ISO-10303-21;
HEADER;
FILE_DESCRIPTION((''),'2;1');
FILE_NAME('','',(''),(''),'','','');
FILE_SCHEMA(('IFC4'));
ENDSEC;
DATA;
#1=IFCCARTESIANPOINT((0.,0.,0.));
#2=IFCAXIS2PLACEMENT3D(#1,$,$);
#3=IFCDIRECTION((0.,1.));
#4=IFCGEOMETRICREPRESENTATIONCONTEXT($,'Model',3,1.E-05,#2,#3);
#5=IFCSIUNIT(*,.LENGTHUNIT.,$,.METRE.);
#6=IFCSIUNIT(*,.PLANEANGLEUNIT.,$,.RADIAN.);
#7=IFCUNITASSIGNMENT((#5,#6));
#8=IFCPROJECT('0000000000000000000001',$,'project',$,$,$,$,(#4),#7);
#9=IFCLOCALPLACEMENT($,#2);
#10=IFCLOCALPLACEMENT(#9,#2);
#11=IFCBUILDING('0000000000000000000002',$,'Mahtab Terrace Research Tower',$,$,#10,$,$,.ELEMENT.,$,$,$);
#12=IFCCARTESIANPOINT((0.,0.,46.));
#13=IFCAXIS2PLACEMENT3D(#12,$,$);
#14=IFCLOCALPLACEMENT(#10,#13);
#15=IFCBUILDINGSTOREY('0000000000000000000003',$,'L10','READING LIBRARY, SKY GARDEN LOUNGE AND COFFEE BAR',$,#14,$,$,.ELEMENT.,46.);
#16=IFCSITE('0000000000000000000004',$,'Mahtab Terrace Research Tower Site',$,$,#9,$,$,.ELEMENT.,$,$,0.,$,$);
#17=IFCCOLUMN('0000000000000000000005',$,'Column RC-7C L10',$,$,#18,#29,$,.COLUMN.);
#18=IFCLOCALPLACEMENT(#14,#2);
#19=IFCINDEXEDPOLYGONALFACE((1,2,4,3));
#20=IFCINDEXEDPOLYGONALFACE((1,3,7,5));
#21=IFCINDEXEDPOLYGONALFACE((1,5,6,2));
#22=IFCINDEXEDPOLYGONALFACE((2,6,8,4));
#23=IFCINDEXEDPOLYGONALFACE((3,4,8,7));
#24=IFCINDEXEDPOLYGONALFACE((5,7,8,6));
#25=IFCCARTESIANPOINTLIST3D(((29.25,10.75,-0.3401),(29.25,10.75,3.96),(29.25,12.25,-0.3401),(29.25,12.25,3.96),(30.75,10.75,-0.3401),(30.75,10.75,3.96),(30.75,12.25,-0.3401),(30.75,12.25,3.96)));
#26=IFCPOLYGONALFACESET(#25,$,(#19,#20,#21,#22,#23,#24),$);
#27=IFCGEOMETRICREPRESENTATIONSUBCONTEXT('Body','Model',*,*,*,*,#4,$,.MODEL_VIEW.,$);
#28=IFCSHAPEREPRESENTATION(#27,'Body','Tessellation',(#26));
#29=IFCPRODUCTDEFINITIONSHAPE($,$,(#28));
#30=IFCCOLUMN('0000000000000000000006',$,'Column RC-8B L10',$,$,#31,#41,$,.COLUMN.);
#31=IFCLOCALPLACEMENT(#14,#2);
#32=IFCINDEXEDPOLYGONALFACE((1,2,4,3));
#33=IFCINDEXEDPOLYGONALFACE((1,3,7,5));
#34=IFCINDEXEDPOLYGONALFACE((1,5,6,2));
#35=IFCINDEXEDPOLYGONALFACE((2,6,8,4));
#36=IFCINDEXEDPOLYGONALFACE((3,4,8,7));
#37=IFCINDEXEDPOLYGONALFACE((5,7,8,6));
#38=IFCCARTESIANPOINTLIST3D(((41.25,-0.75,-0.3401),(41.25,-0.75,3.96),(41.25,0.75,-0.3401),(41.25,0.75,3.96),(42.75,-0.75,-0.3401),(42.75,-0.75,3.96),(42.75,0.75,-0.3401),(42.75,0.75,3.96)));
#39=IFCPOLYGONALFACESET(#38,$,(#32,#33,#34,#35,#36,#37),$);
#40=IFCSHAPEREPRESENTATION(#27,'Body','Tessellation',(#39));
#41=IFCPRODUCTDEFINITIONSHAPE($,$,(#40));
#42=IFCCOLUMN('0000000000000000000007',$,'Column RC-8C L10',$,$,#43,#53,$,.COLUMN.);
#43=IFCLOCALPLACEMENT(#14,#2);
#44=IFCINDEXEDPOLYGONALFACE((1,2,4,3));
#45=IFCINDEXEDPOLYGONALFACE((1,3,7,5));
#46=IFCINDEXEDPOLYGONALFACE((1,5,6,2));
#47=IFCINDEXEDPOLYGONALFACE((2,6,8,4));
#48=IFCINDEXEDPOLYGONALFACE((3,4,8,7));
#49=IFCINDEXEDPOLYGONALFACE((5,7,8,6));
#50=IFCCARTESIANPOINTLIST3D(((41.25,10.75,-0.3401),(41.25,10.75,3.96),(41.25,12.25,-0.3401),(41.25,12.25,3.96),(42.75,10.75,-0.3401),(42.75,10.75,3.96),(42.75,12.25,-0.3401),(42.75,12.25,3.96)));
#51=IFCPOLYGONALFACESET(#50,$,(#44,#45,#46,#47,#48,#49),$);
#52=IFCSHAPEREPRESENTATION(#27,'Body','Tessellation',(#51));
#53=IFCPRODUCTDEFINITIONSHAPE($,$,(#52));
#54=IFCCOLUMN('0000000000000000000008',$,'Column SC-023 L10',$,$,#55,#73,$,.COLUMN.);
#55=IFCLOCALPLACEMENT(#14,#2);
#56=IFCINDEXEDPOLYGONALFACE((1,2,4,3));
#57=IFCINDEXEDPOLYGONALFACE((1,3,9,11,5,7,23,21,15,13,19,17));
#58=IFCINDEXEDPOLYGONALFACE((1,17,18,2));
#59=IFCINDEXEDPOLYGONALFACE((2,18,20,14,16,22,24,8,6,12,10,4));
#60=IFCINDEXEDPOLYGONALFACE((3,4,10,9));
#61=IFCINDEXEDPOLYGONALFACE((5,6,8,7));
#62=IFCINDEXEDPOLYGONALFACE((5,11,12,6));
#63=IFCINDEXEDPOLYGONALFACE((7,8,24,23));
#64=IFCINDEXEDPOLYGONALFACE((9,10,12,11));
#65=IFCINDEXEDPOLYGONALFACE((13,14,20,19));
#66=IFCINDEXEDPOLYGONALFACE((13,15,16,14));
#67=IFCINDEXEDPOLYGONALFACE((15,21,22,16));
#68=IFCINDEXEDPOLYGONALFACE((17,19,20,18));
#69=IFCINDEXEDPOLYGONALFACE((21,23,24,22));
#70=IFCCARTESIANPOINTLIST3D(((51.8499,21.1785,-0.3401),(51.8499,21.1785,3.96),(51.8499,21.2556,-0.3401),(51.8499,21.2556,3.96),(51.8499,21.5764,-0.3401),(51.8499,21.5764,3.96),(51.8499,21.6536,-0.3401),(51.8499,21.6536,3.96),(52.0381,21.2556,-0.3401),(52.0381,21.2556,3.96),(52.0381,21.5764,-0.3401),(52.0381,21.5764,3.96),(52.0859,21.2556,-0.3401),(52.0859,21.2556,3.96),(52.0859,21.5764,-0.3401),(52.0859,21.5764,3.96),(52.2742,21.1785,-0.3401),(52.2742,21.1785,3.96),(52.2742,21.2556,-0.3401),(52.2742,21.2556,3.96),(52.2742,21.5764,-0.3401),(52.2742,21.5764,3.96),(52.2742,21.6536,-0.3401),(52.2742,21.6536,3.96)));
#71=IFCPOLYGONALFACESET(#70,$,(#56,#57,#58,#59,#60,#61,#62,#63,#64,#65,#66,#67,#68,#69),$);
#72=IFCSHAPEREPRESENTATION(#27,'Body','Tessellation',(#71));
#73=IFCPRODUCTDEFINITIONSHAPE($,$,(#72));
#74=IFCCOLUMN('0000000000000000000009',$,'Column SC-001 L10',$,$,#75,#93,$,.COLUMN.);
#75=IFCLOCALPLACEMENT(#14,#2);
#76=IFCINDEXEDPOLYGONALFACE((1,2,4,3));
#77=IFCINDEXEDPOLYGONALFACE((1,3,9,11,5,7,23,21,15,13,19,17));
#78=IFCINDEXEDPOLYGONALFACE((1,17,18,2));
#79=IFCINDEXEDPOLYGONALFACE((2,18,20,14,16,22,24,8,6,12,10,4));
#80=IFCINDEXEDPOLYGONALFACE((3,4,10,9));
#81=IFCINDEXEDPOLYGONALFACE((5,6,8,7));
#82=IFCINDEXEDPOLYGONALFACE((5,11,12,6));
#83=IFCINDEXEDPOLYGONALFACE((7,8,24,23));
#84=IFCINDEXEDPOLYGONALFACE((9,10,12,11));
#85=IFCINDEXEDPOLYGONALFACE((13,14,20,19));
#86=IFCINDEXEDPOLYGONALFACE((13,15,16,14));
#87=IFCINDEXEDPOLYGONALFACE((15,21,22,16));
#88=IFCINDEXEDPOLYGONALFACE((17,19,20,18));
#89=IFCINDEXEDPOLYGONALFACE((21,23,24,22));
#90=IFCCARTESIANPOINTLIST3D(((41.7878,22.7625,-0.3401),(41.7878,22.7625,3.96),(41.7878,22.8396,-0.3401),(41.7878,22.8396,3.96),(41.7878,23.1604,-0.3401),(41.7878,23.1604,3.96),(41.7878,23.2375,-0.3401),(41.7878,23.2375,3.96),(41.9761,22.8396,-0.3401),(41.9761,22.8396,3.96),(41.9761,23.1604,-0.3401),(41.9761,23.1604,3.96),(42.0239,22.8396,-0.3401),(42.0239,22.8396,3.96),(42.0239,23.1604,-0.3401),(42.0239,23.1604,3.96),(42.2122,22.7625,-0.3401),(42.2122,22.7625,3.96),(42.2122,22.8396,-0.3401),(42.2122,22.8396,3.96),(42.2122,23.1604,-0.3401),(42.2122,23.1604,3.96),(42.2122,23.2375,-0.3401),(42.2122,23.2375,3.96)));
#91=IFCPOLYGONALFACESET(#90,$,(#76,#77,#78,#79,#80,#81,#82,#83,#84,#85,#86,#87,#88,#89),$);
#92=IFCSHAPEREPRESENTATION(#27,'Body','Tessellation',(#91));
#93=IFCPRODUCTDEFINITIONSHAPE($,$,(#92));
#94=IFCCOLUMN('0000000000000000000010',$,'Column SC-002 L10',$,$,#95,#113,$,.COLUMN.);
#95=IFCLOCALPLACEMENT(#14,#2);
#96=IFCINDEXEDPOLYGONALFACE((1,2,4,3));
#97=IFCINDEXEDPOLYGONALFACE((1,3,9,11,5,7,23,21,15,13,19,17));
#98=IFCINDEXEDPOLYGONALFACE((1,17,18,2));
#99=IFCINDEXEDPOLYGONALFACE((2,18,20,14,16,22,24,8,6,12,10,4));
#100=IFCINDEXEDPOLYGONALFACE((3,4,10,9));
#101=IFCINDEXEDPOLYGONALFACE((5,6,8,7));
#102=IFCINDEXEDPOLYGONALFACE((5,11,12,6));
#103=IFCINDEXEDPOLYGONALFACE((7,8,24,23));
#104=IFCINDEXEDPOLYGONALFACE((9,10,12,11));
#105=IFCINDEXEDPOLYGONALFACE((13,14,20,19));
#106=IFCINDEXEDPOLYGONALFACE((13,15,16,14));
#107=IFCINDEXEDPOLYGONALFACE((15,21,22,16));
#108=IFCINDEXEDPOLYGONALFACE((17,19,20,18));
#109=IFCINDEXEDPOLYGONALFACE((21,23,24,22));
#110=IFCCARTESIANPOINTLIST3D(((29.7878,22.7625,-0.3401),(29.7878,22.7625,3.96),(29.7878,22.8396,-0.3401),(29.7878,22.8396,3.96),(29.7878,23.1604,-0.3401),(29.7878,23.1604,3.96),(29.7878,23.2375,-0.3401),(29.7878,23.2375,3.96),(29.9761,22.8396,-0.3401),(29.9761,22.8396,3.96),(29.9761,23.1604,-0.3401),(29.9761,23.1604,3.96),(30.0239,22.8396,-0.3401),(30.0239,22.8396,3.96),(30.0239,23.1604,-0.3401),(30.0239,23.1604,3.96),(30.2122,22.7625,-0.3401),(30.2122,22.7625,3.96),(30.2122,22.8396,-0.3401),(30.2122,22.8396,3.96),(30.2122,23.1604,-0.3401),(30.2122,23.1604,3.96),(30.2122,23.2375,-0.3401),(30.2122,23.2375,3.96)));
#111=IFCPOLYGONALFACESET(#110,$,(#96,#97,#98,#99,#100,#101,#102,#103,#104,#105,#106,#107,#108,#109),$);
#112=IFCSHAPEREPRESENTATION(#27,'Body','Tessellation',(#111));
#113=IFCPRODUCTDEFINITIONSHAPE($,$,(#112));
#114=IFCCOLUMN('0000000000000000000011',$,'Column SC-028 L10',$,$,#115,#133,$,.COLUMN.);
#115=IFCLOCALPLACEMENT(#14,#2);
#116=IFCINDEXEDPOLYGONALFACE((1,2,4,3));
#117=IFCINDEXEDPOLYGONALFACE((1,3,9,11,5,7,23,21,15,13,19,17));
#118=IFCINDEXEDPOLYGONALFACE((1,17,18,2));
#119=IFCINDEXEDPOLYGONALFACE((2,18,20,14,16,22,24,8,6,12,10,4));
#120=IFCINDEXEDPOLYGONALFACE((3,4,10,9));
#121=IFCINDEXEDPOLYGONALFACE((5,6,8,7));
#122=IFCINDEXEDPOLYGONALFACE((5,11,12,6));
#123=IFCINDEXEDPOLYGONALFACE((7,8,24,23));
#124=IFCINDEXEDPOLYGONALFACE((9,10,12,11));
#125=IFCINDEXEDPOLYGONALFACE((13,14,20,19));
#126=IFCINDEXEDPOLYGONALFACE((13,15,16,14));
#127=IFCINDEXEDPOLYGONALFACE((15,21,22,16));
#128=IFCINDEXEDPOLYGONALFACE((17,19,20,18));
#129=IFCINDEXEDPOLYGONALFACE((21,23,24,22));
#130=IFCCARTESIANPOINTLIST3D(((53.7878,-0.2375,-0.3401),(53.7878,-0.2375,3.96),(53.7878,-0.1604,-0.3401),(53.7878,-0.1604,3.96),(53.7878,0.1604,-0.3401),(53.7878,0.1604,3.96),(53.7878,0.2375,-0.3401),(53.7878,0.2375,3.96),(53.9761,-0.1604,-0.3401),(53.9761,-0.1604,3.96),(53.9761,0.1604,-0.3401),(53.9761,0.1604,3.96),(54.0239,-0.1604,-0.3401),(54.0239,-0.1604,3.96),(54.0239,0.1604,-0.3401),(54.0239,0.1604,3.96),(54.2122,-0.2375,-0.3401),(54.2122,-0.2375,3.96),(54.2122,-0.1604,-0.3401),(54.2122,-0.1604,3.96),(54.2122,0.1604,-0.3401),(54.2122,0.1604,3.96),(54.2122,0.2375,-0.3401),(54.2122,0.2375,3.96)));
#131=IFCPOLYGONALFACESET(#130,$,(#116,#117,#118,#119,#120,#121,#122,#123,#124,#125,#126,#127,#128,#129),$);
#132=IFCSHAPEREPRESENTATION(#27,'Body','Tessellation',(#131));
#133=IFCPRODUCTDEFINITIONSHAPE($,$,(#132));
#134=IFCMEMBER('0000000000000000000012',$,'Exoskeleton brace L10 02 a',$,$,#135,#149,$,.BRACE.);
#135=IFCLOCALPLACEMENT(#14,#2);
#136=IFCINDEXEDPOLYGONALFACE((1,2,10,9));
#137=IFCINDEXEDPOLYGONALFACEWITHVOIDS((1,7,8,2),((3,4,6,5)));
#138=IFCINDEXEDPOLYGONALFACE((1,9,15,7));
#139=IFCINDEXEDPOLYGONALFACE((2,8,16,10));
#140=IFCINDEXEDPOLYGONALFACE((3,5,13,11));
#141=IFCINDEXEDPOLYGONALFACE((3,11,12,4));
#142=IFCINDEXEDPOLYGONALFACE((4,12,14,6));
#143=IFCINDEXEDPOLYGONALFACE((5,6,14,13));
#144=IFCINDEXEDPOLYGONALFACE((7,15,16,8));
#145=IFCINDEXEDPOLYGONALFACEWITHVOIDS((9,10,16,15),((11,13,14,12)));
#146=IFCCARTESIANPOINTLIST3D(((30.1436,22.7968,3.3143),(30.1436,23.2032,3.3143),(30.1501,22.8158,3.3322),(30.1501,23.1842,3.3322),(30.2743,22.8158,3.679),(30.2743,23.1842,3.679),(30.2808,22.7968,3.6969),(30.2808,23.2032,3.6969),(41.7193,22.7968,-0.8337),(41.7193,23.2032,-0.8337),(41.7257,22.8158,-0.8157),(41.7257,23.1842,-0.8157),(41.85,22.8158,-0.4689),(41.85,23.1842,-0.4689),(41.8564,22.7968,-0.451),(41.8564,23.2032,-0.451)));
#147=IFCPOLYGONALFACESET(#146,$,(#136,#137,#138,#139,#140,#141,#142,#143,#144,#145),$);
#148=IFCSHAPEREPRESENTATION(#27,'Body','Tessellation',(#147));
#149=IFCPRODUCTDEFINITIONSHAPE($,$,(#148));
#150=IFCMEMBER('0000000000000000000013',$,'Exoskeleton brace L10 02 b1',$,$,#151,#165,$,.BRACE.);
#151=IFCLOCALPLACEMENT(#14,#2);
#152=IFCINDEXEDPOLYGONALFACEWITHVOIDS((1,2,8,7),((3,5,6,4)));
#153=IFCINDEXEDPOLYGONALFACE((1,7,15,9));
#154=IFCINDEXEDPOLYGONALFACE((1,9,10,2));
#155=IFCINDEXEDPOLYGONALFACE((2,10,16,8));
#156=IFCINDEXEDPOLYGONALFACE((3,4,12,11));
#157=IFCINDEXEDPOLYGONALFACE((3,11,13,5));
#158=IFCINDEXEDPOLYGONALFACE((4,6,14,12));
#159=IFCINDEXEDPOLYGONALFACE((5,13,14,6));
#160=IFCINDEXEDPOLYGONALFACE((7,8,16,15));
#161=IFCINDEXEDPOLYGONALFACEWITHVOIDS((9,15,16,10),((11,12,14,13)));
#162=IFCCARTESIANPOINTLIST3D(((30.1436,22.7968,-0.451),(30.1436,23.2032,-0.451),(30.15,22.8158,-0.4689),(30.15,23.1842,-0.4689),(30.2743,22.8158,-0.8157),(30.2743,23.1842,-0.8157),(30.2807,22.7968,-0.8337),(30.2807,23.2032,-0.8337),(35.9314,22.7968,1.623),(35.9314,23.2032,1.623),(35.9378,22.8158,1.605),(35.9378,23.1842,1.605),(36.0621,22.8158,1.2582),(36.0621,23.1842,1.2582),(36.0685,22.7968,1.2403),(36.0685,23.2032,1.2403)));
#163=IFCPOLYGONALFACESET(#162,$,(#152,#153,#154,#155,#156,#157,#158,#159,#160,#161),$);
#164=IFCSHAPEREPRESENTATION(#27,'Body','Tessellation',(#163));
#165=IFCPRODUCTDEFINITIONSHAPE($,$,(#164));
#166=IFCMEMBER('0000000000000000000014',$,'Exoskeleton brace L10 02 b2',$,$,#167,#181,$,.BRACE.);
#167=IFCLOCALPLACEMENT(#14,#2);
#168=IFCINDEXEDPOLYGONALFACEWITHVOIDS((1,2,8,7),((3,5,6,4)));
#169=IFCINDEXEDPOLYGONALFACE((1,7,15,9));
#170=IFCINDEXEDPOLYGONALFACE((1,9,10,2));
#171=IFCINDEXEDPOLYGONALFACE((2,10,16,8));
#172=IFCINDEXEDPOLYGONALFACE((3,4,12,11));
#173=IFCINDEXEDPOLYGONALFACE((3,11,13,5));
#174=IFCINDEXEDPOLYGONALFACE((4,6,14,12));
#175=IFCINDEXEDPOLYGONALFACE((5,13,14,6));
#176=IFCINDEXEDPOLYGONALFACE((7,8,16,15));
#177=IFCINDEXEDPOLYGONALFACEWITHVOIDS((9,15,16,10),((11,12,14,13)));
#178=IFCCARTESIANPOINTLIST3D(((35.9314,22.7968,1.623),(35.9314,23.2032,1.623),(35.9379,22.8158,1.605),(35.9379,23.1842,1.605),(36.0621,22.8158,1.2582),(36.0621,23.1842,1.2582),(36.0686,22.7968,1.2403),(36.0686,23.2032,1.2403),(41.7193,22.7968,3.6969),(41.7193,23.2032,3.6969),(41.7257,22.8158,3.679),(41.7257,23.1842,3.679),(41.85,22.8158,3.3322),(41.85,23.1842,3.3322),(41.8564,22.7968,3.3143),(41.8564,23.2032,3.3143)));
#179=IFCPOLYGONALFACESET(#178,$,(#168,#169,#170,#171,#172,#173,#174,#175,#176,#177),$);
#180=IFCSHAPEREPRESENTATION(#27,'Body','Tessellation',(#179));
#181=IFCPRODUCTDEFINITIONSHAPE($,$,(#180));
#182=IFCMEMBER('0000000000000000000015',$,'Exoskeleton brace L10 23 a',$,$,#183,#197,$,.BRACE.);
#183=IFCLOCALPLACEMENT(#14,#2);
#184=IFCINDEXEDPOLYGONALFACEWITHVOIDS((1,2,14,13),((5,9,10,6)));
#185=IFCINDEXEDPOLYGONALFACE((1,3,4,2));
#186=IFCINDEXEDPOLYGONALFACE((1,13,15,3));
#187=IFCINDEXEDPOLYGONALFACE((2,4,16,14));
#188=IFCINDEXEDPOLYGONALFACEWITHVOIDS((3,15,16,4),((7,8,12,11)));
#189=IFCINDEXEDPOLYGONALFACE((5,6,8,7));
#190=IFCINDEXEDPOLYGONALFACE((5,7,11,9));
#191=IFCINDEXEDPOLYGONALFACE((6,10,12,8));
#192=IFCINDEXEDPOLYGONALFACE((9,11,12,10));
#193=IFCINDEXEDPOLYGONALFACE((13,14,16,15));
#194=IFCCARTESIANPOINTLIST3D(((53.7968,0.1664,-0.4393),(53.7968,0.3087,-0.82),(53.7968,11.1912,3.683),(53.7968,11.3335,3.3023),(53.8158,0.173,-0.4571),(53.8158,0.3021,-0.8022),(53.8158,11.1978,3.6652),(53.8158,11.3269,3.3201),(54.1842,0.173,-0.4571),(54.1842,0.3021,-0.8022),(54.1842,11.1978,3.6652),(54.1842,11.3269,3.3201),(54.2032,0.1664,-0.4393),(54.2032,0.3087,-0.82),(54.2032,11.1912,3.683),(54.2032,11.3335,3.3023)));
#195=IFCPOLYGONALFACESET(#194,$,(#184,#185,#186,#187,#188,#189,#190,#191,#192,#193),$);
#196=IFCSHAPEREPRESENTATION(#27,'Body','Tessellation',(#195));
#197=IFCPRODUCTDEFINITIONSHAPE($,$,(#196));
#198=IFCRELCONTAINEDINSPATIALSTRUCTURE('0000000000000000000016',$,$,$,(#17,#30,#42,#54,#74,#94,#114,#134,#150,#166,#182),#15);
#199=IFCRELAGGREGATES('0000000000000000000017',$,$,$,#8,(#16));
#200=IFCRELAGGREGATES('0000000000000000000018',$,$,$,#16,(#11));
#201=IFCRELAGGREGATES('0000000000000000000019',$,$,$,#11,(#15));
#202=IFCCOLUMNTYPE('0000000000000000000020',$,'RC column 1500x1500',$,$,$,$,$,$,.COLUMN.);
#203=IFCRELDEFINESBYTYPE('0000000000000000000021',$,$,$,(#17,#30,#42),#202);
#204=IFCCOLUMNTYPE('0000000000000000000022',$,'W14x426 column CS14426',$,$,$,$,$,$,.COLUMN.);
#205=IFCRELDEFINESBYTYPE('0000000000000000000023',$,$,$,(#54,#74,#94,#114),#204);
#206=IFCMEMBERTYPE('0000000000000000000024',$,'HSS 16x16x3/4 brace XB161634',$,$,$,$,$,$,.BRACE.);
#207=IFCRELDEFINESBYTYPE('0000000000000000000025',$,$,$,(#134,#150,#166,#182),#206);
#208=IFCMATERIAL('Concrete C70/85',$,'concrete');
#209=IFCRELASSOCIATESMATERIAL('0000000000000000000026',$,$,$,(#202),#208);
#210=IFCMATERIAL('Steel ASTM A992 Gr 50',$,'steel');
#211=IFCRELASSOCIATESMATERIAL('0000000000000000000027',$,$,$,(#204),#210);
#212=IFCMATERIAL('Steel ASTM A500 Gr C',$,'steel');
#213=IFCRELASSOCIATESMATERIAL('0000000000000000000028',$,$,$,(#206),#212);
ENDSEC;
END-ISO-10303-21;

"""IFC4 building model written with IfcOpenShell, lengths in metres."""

from ifc_helpers import new_model, si_unit, direction, frame, origin, origin_2d, place, context, subcontext, project, spatial, rectangle, hollow_rectangle, i_section, extrude, material, material_profile, profile_set, type_object, element, save


model = new_model("IFC4")

# Units and contexts
model_context = context("Model", 3, precision=1e-05, world=origin(), true_north=direction((0.0, 1.0)))
body_context = subcontext(model_context, "Body", "Model", "MODEL_VIEW")
ifc_project = project(units=[si_unit("LENGTHUNIT", "METRE"), si_unit("PLANEANGLEUNIT", "RADIAN")], contexts=[model_context])

# Site, building, storey
site_placement = place(None, origin())
site = spatial("IfcSite", under=ifc_project, at=site_placement, Name="Mahtab Terrace Research Tower Site", CompositionType="ELEMENT", RefElevation=0.0)
building_placement = place(site_placement, origin())
building = spatial("IfcBuilding", under=site, at=building_placement, Name="Mahtab Terrace Research Tower", CompositionType="ELEMENT")
storey_placement = place(building_placement, frame((0.0, 0.0, 46.0)))
storey = spatial("IfcBuildingStorey", under=building, at=storey_placement, Name="L10", Description="READING LIBRARY, SKY GARDEN LOUNGE AND COFFEE BAR", CompositionType="ELEMENT", Elevation=46.0)

# Columns
ifc_material_1 = material(Name="Concrete C70/85", Category="concrete")
ifc_material_profile_1 = material_profile(ifc_material_1, rectangle(XDim=1.5, YDim=1.5, at=origin_2d()), Name="RC column 1500x1500")
ifc_profile_set_1 = profile_set([ifc_material_profile_1], Name="Concrete C70/85")
column_type_1 = type_object("IfcColumnType", Name="RC column 1500x1500", PredefinedType="COLUMN", material=ifc_profile_set_1)
for number, where, z_axis, x_axis, name in (
    (1, (30.0, 11.5, -0.3401), (0.0, 0.0, 1.0), (1.0, 0.0, 0.0), "Column RC-7C L10"),
    (2, (42.0, 0.0, -0.3401), (0.0, 0.0, 1.0), (1.0, 0.0, 0.0), "Column RC-8B L10"),
    (3, (42.0, 11.5, -0.3401), (0.0, 0.0, 1.0), (1.0, 0.0, 0.0), "Column RC-8C L10"),
):
    element("IfcColumn", number, at=place(storey_placement, frame(where, z_axis=z_axis, x_axis=x_axis)), inside=storey, type_object=column_type_1, Name=name, PredefinedType="COLUMN", context=body_context, shape_type="SweptSolid", body=[
        extrude(rectangle(XDim=1.5, YDim=1.5, at=origin_2d()), origin(), (0.0, 0.0, 1.0), 4.3),
    ])
ifc_material_2 = material(Name="Steel ASTM A992 Gr 50", Category="steel")
ifc_material_profile_2 = material_profile(ifc_material_2, i_section(OverallWidth=0.4243, OverallDepth=0.4751, WebThickness=0.0479, FlangeThickness=0.0771, at=origin_2d()), Name="W14X426")
ifc_profile_set_2 = profile_set([ifc_material_profile_2], Name="Steel ASTM A992 Gr 50")
column_type_2 = type_object("IfcColumnType", Name="W14x426 column CS14426", PredefinedType="COLUMN", material=ifc_profile_set_2)
for number, where, z_axis, x_axis, name in (
    (4, (52.062, 21.416, -0.3401), (0.0, 0.0, 1.0), (1.0, 0.0, 0.0), "Column SC-023 L10"),
    (5, (42.0, 23.0, -0.3401), (0.0, 0.0, 1.0), (1.0, 0.0, 0.0), "Column SC-001 L10"),
    (6, (30.0, 23.0, -0.3401), (0.0, 0.0, 1.0), (1.0, 0.0, 0.0), "Column SC-002 L10"),
    (7, (54.0, 0.0, -0.3401), (0.0, 0.0, 1.0), (1.0, 0.0, 0.0), "Column SC-028 L10"),
):
    element("IfcColumn", number, at=place(storey_placement, frame(where, z_axis=z_axis, x_axis=x_axis)), inside=storey, type_object=column_type_2, Name=name, PredefinedType="COLUMN", context=body_context, shape_type="SweptSolid", body=[
        extrude(i_section(OverallWidth=0.4243, OverallDepth=0.4751, WebThickness=0.0479, FlangeThickness=0.0771, at=origin_2d()), origin(), (0.0, 0.0, 1.0), 4.3),
    ])

# Members
ifc_material_3 = material(Name="Steel ASTM A500 Gr C", Category="steel")
ifc_material_profile_3 = material_profile(ifc_material_3, hollow_rectangle(XDim=0.4065, YDim=0.4065, WallThickness=0.019, at=origin_2d()), Name="HSS16X16X3/4")
ifc_profile_set_3 = profile_set([ifc_material_profile_3], Name="Steel ASTM A500 Gr C")
member_type_1 = type_object("IfcMemberType", Name="HSS 16x16x3/4 brace XB161634", PredefinedType="BRACE", material=ifc_profile_set_3)
member_1_placement = place(storey_placement, frame((41.7878, 23.0, -0.6423), z_axis=(-0.941387, 0.0, 0.33733), x_axis=(0.0, -1.0, 0.0)))
element("IfcMember", 8, at=member_1_placement, inside=storey, type_object=member_type_1, Name="Exoskeleton brace L10 02 a", PredefinedType="BRACE", context=body_context, shape_type="SweptSolid", body=[
    extrude(hollow_rectangle(XDim=0.4065, YDim=0.4065, WallThickness=0.019, at=origin_2d()), origin(), (0.0, 0.0, 1.0), 12.2964),
])
for number, where, z_axis, x_axis, name in (
    (9, (30.2122, 23.0, -0.6423), (0.941387, 0.0, 0.33733), (0.0, 1.0, 0.0), "Exoskeleton brace L10 02 b1"),
    (10, (36.0, 23.0, 1.4316), (0.941387, 0.0, 0.33733), (0.0, 1.0, 0.0), "Exoskeleton brace L10 02 b2"),
):
    element("IfcMember", number, at=place(storey_placement, frame(where, z_axis=z_axis, x_axis=x_axis)), inside=storey, type_object=member_type_1, Name=name, PredefinedType="BRACE", context=body_context, shape_type="SweptSolid", body=[
        extrude(hollow_rectangle(XDim=0.4065, YDim=0.4065, WallThickness=0.019, at=origin_2d()), origin(), (0.0, 0.0, 1.0), 6.1482),
    ])
member_2_placement = place(storey_placement, frame((54.0, 0.2375, -0.6296), z_axis=(0.0, 0.936665, 0.350228), x_axis=(-1.0, 0.0, 0.0)))
element("IfcMember", 11, at=member_2_placement, inside=storey, type_object=member_type_1, Name="Exoskeleton brace L10 23 a", PredefinedType="BRACE", context=body_context, shape_type="SweptSolid", body=[
    extrude(hollow_rectangle(XDim=0.4065, YDim=0.4065, WallThickness=0.019, at=origin_2d()), origin(), (0.0, 0.0, 1.0), 11.7703),
])

save(model, "model.ifc")
